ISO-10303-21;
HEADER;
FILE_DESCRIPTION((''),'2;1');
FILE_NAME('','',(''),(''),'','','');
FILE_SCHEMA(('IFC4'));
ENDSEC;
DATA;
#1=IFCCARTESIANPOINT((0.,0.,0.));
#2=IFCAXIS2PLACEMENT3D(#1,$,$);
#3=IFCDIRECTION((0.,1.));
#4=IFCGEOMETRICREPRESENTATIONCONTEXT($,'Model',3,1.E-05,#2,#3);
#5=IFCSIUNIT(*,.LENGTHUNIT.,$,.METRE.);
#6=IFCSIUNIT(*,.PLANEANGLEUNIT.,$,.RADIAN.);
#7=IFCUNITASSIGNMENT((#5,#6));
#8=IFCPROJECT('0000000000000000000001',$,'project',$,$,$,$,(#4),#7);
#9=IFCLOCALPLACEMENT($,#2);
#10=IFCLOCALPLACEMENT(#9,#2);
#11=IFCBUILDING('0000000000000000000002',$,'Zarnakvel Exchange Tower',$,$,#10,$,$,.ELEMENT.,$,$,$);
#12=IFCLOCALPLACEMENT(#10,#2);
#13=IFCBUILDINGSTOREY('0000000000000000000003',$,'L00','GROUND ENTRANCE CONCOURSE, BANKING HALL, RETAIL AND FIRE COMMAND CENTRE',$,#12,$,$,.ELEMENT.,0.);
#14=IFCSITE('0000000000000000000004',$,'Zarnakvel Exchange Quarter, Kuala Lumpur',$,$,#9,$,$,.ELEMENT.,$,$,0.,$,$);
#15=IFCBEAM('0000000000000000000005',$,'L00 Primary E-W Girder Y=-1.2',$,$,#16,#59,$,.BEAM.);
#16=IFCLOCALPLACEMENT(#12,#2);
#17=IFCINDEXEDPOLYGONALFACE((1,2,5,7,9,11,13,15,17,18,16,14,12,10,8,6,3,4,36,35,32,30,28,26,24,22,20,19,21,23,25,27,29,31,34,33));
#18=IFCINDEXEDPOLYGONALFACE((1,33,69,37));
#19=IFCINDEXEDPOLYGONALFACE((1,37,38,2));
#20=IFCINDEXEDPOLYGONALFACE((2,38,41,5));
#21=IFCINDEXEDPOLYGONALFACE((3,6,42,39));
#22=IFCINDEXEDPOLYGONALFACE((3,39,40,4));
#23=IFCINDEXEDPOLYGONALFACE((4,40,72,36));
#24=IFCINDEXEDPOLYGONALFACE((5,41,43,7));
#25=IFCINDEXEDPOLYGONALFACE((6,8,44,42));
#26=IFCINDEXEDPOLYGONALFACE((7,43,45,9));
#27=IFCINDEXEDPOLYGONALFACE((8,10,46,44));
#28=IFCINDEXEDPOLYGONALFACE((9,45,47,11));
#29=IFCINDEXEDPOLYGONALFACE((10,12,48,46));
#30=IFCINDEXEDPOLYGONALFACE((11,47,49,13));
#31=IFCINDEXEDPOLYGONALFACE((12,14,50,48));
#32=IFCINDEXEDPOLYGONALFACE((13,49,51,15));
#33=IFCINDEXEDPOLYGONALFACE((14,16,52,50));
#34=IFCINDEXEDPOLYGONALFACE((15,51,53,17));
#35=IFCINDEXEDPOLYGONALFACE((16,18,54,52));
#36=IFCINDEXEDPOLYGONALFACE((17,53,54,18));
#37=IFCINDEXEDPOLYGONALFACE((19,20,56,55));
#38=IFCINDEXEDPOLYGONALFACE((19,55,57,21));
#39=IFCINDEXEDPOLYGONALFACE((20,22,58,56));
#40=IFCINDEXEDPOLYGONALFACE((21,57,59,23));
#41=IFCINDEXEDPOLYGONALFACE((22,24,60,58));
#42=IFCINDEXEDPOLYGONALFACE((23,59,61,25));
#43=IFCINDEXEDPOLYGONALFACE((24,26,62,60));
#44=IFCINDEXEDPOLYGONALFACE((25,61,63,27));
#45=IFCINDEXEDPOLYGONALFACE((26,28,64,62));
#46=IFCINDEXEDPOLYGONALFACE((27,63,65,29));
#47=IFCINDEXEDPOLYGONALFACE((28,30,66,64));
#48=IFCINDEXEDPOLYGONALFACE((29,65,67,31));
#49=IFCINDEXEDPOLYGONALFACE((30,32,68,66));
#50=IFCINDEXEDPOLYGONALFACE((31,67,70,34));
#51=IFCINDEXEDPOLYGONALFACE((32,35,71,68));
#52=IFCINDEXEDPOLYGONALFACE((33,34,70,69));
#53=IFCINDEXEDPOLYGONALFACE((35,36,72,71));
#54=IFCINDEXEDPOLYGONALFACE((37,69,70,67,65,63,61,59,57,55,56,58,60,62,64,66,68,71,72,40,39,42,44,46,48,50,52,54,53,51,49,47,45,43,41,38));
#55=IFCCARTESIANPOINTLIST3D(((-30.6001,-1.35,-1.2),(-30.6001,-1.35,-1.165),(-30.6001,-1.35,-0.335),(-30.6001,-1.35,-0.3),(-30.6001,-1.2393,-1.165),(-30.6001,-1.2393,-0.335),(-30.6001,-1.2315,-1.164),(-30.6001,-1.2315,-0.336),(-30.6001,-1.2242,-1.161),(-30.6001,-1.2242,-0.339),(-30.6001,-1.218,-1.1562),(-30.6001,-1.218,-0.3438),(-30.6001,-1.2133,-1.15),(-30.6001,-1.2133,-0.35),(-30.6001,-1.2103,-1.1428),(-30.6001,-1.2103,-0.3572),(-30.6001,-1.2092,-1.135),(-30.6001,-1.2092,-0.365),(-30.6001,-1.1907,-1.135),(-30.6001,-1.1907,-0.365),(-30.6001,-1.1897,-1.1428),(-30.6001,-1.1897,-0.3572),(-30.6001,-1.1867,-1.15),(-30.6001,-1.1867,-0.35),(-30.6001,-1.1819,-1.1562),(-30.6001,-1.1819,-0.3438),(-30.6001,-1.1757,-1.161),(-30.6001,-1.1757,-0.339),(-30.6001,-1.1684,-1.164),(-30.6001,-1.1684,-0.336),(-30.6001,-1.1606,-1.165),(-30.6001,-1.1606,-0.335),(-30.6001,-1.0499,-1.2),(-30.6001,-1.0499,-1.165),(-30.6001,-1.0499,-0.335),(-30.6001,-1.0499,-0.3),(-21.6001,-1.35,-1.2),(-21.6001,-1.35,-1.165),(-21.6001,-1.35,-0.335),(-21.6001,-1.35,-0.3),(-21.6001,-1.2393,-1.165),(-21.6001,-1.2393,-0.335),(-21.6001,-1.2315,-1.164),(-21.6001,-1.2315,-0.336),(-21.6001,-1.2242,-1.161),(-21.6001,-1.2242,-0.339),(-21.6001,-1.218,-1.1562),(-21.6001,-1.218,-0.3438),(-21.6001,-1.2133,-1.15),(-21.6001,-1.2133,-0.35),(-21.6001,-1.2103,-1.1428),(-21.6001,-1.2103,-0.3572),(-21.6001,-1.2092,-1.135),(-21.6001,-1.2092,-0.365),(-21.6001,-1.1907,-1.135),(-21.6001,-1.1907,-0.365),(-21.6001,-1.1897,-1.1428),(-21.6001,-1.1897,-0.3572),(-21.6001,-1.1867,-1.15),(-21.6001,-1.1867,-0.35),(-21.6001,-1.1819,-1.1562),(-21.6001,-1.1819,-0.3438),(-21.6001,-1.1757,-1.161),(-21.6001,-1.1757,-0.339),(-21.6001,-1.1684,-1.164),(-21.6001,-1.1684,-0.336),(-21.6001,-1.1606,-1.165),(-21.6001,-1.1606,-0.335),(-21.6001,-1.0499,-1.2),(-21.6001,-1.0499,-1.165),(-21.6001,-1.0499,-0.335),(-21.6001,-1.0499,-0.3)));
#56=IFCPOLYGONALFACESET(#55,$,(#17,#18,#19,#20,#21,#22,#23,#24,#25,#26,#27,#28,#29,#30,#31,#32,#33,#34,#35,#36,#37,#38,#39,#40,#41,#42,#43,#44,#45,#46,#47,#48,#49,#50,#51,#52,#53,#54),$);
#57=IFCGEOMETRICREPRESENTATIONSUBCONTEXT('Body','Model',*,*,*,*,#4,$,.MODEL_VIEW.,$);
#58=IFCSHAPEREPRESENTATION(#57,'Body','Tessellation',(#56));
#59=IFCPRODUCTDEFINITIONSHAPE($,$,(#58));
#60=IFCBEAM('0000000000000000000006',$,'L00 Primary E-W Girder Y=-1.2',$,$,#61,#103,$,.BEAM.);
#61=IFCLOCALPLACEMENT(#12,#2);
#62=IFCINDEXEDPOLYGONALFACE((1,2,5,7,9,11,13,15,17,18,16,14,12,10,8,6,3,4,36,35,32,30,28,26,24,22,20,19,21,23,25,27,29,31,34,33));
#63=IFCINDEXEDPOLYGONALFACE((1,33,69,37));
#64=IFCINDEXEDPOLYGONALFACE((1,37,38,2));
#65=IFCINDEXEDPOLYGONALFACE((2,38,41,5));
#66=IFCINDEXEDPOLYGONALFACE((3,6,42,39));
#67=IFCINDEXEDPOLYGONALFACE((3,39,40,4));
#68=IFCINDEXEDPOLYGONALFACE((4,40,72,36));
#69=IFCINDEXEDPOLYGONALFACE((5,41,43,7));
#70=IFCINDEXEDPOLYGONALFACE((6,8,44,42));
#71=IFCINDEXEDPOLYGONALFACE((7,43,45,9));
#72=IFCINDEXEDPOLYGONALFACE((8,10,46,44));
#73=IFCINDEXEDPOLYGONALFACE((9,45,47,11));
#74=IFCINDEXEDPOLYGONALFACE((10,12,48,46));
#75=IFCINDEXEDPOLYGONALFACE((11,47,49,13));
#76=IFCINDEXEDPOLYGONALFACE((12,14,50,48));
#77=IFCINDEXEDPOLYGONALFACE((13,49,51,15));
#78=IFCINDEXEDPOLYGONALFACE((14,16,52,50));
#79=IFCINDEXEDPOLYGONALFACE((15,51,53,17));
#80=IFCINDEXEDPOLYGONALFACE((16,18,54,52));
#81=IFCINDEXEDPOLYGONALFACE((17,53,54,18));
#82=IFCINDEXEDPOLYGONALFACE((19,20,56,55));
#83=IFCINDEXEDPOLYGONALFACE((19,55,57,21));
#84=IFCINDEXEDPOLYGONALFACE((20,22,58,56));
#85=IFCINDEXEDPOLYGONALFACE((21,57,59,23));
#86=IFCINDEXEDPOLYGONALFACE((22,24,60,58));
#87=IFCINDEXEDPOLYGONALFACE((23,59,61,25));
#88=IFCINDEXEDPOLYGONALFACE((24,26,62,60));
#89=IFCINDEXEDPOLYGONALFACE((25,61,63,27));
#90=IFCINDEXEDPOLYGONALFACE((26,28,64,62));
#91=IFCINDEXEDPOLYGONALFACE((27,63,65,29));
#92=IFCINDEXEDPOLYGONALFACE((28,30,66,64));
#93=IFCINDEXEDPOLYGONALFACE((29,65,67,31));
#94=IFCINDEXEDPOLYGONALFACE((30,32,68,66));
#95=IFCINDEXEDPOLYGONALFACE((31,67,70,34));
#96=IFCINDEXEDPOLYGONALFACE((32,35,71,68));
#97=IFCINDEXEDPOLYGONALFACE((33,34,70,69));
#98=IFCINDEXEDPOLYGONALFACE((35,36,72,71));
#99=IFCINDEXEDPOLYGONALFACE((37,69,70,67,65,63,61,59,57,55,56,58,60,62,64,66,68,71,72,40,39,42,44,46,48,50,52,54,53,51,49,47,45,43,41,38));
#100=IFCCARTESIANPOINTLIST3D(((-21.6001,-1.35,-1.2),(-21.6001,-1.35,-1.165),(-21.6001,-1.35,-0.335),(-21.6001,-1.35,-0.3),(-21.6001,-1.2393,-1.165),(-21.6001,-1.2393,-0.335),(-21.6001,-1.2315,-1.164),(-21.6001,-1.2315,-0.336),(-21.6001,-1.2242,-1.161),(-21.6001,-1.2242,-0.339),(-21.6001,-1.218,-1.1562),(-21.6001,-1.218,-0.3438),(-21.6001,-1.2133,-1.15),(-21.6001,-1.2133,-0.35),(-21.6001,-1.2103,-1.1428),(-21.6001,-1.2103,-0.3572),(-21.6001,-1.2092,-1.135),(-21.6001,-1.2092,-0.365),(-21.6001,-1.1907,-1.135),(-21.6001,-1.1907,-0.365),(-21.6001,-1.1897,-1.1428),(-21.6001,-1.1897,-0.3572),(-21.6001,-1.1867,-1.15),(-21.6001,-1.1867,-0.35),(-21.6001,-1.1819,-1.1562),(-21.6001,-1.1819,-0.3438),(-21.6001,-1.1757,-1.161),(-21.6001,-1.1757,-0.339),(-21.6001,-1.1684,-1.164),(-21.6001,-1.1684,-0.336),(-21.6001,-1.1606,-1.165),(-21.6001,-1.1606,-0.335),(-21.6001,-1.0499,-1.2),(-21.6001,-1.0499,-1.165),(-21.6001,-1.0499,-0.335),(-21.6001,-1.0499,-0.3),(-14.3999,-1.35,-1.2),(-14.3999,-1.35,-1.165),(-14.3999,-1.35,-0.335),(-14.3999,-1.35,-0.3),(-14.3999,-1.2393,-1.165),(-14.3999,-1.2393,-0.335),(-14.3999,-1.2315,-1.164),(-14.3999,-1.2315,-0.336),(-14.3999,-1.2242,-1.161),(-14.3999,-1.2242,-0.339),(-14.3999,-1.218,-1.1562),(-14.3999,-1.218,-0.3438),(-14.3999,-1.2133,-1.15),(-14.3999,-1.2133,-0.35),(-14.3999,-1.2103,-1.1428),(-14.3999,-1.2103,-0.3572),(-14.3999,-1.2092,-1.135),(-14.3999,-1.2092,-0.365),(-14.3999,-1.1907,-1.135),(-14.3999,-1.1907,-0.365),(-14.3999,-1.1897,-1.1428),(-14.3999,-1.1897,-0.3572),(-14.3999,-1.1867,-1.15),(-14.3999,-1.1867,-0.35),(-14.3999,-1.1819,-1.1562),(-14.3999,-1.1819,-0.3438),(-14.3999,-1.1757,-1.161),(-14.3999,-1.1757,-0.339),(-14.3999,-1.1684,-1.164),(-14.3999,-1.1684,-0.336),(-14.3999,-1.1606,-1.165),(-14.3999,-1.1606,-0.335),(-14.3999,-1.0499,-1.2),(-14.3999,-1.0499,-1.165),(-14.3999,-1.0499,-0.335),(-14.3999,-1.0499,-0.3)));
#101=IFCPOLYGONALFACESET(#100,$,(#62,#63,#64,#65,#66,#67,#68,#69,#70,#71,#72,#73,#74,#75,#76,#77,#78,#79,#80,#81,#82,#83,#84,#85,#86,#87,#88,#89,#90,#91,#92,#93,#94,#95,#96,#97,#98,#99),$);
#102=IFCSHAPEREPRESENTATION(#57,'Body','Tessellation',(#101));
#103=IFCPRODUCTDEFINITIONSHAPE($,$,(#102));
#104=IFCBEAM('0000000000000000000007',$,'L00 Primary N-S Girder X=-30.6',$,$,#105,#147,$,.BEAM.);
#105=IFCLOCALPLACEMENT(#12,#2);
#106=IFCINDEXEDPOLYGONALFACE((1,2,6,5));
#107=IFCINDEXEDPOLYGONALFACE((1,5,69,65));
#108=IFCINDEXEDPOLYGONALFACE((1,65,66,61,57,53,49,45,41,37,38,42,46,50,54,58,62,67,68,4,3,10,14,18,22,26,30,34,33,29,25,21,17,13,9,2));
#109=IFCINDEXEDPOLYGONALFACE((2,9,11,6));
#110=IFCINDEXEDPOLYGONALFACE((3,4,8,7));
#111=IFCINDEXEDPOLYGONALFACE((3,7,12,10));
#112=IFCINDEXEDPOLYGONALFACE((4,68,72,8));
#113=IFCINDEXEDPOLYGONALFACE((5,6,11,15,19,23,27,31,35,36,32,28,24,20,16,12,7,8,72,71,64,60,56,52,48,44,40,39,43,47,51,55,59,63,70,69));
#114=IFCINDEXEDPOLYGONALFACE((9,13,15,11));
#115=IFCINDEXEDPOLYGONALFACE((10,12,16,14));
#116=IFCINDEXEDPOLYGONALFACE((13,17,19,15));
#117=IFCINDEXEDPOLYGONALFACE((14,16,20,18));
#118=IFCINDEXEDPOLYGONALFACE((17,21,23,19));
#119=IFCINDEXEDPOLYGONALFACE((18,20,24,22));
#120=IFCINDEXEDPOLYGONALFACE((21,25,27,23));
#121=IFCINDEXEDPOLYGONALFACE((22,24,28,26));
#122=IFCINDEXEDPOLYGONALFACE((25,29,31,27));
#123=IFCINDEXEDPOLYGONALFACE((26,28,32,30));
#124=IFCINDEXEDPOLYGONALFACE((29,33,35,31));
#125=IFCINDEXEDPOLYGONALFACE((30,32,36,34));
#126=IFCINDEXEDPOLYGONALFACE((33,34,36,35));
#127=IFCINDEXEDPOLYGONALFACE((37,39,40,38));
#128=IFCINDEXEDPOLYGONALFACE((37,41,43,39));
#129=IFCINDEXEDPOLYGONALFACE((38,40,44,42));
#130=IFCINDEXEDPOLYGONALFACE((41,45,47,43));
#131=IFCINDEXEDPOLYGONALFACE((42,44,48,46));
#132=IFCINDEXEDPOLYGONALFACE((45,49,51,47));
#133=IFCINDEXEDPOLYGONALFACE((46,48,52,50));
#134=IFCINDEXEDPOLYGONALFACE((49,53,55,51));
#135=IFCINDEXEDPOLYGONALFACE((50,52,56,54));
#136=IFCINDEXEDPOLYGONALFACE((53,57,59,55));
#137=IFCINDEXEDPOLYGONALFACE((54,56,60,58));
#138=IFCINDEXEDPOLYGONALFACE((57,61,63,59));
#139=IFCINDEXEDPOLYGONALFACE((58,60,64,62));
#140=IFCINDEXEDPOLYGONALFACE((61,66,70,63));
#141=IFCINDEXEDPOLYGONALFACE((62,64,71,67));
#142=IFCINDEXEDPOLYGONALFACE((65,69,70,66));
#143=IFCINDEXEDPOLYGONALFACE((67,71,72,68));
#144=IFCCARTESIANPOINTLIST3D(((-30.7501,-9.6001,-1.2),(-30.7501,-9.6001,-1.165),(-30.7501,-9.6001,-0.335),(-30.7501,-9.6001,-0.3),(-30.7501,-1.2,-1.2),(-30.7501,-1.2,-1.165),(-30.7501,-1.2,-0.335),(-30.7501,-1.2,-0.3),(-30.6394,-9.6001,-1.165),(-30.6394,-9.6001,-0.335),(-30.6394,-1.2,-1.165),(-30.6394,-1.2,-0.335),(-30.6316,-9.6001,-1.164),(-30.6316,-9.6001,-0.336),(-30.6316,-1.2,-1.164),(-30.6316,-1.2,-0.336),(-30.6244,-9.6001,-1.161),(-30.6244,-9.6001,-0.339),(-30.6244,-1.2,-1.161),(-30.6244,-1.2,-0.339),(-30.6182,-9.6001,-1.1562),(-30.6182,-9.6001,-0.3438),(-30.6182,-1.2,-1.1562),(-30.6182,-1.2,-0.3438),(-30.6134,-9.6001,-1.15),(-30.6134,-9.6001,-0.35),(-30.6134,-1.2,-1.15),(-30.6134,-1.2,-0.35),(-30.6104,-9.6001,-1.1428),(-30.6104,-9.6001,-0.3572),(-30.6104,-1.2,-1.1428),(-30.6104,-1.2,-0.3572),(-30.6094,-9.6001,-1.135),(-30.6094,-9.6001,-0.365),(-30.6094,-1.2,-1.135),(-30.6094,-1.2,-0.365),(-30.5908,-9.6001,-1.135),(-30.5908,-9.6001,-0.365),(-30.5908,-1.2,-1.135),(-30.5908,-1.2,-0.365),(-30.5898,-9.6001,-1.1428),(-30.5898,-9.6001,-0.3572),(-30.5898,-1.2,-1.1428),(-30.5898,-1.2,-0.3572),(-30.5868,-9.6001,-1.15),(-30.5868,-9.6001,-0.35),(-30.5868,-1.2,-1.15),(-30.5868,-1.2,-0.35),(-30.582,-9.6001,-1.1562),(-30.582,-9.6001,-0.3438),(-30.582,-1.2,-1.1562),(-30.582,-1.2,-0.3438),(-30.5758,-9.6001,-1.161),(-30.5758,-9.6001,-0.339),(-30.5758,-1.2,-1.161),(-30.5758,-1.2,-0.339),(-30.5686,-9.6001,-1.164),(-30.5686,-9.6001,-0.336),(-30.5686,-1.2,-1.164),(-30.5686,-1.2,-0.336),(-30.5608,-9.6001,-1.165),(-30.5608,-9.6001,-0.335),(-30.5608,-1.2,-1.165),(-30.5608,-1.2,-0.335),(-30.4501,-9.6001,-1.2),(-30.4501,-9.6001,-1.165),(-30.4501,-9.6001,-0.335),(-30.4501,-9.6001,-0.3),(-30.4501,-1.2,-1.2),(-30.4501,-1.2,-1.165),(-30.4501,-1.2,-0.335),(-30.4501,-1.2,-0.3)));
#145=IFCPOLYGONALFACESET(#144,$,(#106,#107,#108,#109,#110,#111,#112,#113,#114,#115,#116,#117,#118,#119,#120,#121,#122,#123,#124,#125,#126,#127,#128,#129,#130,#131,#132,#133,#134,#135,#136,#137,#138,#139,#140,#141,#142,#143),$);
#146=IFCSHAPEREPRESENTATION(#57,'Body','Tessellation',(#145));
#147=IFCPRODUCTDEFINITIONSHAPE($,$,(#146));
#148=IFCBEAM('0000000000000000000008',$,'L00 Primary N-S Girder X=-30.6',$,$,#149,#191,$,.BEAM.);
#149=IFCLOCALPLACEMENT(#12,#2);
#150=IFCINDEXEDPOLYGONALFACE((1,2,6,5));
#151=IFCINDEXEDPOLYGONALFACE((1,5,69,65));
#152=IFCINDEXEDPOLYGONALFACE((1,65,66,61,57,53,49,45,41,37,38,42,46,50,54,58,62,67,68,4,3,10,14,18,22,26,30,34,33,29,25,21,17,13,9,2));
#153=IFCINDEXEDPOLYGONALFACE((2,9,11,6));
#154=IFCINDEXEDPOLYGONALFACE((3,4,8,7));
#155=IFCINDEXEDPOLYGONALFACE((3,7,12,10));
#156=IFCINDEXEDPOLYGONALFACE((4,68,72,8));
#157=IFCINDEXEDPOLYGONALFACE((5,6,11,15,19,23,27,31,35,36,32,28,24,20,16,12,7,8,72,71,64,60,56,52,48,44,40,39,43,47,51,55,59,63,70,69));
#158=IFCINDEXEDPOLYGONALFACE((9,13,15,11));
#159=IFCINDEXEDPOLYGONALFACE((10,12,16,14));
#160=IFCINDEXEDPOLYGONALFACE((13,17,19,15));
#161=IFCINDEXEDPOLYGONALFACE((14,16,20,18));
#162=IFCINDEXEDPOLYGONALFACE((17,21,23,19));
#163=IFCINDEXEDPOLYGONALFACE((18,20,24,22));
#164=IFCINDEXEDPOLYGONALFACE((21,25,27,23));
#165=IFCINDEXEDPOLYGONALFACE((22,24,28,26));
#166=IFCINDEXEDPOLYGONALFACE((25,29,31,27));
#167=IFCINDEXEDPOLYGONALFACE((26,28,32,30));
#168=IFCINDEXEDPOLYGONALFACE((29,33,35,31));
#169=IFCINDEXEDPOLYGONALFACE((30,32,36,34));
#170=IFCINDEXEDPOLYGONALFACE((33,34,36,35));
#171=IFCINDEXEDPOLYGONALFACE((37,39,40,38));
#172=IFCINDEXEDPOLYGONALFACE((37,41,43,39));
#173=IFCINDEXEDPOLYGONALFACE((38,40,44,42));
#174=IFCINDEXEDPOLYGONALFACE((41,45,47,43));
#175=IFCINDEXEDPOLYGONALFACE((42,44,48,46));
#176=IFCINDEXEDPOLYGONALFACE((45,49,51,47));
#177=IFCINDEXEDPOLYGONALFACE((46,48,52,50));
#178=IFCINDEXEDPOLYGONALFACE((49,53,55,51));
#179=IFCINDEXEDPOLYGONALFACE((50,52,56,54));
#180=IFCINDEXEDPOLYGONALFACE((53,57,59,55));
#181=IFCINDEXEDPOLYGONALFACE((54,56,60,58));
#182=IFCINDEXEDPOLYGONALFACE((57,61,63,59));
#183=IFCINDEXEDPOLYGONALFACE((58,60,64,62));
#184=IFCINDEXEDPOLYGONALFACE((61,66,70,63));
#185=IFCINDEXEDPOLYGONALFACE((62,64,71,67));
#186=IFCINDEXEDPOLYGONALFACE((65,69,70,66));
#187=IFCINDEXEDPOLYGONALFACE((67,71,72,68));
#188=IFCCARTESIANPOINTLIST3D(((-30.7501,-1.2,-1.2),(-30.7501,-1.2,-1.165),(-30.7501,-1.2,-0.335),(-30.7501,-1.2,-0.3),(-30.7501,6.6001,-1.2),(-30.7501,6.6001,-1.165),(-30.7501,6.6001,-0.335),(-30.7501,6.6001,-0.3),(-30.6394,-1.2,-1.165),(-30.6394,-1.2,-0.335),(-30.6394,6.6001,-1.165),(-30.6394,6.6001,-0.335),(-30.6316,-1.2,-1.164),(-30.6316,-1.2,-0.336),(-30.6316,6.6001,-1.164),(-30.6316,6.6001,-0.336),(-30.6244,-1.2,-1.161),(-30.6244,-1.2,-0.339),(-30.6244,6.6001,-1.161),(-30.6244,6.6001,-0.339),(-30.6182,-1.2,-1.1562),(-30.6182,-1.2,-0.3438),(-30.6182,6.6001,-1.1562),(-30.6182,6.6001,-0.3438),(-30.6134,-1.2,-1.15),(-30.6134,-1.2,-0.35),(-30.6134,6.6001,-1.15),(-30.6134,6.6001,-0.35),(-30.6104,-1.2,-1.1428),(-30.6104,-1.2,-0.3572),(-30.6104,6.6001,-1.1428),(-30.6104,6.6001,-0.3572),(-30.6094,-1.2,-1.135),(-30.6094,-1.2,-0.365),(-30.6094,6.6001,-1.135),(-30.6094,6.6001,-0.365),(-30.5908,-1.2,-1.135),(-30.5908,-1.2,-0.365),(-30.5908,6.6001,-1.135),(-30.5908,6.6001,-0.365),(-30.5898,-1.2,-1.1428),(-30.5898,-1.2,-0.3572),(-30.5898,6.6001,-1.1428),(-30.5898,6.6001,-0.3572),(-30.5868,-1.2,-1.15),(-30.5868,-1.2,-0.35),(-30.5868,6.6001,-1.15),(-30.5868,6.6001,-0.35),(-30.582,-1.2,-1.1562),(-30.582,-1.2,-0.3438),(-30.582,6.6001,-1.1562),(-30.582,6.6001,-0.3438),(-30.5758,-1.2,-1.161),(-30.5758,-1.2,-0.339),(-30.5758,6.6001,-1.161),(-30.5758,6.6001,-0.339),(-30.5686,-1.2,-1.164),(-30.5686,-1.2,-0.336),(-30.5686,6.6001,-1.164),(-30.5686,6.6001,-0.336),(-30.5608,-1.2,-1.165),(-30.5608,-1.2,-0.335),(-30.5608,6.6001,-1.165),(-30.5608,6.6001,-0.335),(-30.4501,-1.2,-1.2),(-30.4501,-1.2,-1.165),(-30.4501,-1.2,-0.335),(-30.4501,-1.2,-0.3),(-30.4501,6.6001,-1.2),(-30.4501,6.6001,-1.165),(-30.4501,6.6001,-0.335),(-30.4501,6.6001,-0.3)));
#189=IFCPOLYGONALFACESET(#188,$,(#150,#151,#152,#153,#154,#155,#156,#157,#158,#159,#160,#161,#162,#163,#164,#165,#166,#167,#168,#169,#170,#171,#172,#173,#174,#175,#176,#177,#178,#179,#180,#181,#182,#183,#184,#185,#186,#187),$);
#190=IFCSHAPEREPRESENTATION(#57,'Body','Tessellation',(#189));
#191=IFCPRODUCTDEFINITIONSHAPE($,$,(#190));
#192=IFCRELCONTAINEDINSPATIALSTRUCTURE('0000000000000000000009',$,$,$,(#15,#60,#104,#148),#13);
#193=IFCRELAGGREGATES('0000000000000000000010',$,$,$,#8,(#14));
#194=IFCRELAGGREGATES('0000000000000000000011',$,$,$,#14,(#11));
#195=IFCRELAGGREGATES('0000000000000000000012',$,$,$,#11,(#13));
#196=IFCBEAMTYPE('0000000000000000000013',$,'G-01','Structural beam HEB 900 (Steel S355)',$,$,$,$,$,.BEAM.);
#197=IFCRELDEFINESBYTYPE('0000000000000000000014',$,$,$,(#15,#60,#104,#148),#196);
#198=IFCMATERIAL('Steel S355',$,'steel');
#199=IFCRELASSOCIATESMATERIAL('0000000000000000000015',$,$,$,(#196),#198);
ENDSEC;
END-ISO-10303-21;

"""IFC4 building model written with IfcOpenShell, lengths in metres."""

from ifc_helpers import new_model, si_unit, direction, frame, origin, origin_2d, place, context, subcontext, project, spatial, i_section, extrude, material, material_profile, profile_set, type_object, element, save


model = new_model("IFC4")

# Units and contexts
model_context = context("Model", 3, precision=1e-05, world=origin(), true_north=direction((0.0, 1.0)))
body_context = subcontext(model_context, "Body", "Model", "MODEL_VIEW")
ifc_project = project(units=[si_unit("LENGTHUNIT", "METRE"), si_unit("PLANEANGLEUNIT", "RADIAN")], contexts=[model_context])

# Site, building, storey
site_placement = place(None, origin())
site = spatial("IfcSite", under=ifc_project, at=site_placement, Name="Zarnakvel Exchange Quarter, Kuala Lumpur", CompositionType="ELEMENT", RefElevation=0.0)
building_placement = place(site_placement, origin())
building = spatial("IfcBuilding", under=site, at=building_placement, Name="Zarnakvel Exchange Tower", CompositionType="ELEMENT")
storey_placement = place(building_placement, origin())
storey = spatial("IfcBuildingStorey", under=building, at=storey_placement, Name="L00", Description="GROUND ENTRANCE CONCOURSE, BANKING HALL, RETAIL AND FIRE COMMAND CENTRE", CompositionType="ELEMENT", Elevation=0.0)

# Beams
ifc_material_1 = material(Name="Steel S355", Category="steel")
ifc_material_profile_1 = material_profile(ifc_material_1, i_section(OverallWidth=0.3, OverallDepth=0.8999, WebThickness=0.0186, FlangeThickness=0.0349, FilletRadius=0.03, at=origin_2d()))
ifc_profile_set_1 = profile_set([ifc_material_profile_1], Name="Steel S355")
beam_type_1 = type_object("IfcBeamType", Name="G-01", Description="Structural beam HEB 900 (Steel S355)", PredefinedType="BEAM", material=ifc_profile_set_1)
for number, where, z_axis, x_axis, name in (
    (1, (-30.6001, -1.2, -0.75), (1.0, 0.0, 0.0), (0.0, 1.0, 0.0), "L00 Primary E-W Girder Y=-1.2"),
):
    element("IfcBeam", number, at=place(storey_placement, frame(where, z_axis=z_axis, x_axis=x_axis)), inside=storey, type_object=beam_type_1, Name=name, PredefinedType="BEAM", context=body_context, shape_type="SweptSolid", body=[
        extrude(i_section(OverallWidth=0.3, OverallDepth=0.8999, WebThickness=0.0186, FlangeThickness=0.0349, FilletRadius=0.03, at=origin_2d()), origin(), (0.0, 0.0, 1.0), 9.0),
    ])
beam_1_placement = place(storey_placement, frame((-21.6001, -1.2, -0.75), z_axis=(1.0, 0.0, 0.0), x_axis=(0.0, 1.0, 0.0)))
element("IfcBeam", 2, at=beam_1_placement, inside=storey, type_object=beam_type_1, Name="L00 Primary E-W Girder Y=-1.2", PredefinedType="BEAM", context=body_context, shape_type="SweptSolid", body=[
    extrude(i_section(OverallWidth=0.3, OverallDepth=0.8999, WebThickness=0.0186, FlangeThickness=0.0349, FilletRadius=0.03, at=origin_2d()), origin(), (0.0, 0.0, 1.0), 7.2002),
])
beam_2_placement = place(storey_placement, frame((-30.6001, -9.6001, -0.75), z_axis=(0.0, 1.0, 0.0), x_axis=(-1.0, 0.0, 0.0)))
element("IfcBeam", 3, at=beam_2_placement, inside=storey, type_object=beam_type_1, Name="L00 Primary N-S Girder X=-30.6", PredefinedType="BEAM", context=body_context, shape_type="SweptSolid", body=[
    extrude(i_section(OverallWidth=0.3, OverallDepth=0.8999, WebThickness=0.0186, FlangeThickness=0.0349, FilletRadius=0.03, at=origin_2d()), origin(), (0.0, 0.0, 1.0), 8.4001),
])
beam_3_placement = place(storey_placement, frame((-30.6001, -1.2, -0.75), z_axis=(0.0, 1.0, 0.0), x_axis=(-1.0, 0.0, 0.0)))
element("IfcBeam", 4, at=beam_3_placement, inside=storey, type_object=beam_type_1, Name="L00 Primary N-S Girder X=-30.6", PredefinedType="BEAM", context=body_context, shape_type="SweptSolid", body=[
    extrude(i_section(OverallWidth=0.3, OverallDepth=0.8999, WebThickness=0.0186, FlangeThickness=0.0349, FilletRadius=0.03, at=origin_2d()), origin(), (0.0, 0.0, 1.0), 7.8),
])

save(model, "model.ifc")
